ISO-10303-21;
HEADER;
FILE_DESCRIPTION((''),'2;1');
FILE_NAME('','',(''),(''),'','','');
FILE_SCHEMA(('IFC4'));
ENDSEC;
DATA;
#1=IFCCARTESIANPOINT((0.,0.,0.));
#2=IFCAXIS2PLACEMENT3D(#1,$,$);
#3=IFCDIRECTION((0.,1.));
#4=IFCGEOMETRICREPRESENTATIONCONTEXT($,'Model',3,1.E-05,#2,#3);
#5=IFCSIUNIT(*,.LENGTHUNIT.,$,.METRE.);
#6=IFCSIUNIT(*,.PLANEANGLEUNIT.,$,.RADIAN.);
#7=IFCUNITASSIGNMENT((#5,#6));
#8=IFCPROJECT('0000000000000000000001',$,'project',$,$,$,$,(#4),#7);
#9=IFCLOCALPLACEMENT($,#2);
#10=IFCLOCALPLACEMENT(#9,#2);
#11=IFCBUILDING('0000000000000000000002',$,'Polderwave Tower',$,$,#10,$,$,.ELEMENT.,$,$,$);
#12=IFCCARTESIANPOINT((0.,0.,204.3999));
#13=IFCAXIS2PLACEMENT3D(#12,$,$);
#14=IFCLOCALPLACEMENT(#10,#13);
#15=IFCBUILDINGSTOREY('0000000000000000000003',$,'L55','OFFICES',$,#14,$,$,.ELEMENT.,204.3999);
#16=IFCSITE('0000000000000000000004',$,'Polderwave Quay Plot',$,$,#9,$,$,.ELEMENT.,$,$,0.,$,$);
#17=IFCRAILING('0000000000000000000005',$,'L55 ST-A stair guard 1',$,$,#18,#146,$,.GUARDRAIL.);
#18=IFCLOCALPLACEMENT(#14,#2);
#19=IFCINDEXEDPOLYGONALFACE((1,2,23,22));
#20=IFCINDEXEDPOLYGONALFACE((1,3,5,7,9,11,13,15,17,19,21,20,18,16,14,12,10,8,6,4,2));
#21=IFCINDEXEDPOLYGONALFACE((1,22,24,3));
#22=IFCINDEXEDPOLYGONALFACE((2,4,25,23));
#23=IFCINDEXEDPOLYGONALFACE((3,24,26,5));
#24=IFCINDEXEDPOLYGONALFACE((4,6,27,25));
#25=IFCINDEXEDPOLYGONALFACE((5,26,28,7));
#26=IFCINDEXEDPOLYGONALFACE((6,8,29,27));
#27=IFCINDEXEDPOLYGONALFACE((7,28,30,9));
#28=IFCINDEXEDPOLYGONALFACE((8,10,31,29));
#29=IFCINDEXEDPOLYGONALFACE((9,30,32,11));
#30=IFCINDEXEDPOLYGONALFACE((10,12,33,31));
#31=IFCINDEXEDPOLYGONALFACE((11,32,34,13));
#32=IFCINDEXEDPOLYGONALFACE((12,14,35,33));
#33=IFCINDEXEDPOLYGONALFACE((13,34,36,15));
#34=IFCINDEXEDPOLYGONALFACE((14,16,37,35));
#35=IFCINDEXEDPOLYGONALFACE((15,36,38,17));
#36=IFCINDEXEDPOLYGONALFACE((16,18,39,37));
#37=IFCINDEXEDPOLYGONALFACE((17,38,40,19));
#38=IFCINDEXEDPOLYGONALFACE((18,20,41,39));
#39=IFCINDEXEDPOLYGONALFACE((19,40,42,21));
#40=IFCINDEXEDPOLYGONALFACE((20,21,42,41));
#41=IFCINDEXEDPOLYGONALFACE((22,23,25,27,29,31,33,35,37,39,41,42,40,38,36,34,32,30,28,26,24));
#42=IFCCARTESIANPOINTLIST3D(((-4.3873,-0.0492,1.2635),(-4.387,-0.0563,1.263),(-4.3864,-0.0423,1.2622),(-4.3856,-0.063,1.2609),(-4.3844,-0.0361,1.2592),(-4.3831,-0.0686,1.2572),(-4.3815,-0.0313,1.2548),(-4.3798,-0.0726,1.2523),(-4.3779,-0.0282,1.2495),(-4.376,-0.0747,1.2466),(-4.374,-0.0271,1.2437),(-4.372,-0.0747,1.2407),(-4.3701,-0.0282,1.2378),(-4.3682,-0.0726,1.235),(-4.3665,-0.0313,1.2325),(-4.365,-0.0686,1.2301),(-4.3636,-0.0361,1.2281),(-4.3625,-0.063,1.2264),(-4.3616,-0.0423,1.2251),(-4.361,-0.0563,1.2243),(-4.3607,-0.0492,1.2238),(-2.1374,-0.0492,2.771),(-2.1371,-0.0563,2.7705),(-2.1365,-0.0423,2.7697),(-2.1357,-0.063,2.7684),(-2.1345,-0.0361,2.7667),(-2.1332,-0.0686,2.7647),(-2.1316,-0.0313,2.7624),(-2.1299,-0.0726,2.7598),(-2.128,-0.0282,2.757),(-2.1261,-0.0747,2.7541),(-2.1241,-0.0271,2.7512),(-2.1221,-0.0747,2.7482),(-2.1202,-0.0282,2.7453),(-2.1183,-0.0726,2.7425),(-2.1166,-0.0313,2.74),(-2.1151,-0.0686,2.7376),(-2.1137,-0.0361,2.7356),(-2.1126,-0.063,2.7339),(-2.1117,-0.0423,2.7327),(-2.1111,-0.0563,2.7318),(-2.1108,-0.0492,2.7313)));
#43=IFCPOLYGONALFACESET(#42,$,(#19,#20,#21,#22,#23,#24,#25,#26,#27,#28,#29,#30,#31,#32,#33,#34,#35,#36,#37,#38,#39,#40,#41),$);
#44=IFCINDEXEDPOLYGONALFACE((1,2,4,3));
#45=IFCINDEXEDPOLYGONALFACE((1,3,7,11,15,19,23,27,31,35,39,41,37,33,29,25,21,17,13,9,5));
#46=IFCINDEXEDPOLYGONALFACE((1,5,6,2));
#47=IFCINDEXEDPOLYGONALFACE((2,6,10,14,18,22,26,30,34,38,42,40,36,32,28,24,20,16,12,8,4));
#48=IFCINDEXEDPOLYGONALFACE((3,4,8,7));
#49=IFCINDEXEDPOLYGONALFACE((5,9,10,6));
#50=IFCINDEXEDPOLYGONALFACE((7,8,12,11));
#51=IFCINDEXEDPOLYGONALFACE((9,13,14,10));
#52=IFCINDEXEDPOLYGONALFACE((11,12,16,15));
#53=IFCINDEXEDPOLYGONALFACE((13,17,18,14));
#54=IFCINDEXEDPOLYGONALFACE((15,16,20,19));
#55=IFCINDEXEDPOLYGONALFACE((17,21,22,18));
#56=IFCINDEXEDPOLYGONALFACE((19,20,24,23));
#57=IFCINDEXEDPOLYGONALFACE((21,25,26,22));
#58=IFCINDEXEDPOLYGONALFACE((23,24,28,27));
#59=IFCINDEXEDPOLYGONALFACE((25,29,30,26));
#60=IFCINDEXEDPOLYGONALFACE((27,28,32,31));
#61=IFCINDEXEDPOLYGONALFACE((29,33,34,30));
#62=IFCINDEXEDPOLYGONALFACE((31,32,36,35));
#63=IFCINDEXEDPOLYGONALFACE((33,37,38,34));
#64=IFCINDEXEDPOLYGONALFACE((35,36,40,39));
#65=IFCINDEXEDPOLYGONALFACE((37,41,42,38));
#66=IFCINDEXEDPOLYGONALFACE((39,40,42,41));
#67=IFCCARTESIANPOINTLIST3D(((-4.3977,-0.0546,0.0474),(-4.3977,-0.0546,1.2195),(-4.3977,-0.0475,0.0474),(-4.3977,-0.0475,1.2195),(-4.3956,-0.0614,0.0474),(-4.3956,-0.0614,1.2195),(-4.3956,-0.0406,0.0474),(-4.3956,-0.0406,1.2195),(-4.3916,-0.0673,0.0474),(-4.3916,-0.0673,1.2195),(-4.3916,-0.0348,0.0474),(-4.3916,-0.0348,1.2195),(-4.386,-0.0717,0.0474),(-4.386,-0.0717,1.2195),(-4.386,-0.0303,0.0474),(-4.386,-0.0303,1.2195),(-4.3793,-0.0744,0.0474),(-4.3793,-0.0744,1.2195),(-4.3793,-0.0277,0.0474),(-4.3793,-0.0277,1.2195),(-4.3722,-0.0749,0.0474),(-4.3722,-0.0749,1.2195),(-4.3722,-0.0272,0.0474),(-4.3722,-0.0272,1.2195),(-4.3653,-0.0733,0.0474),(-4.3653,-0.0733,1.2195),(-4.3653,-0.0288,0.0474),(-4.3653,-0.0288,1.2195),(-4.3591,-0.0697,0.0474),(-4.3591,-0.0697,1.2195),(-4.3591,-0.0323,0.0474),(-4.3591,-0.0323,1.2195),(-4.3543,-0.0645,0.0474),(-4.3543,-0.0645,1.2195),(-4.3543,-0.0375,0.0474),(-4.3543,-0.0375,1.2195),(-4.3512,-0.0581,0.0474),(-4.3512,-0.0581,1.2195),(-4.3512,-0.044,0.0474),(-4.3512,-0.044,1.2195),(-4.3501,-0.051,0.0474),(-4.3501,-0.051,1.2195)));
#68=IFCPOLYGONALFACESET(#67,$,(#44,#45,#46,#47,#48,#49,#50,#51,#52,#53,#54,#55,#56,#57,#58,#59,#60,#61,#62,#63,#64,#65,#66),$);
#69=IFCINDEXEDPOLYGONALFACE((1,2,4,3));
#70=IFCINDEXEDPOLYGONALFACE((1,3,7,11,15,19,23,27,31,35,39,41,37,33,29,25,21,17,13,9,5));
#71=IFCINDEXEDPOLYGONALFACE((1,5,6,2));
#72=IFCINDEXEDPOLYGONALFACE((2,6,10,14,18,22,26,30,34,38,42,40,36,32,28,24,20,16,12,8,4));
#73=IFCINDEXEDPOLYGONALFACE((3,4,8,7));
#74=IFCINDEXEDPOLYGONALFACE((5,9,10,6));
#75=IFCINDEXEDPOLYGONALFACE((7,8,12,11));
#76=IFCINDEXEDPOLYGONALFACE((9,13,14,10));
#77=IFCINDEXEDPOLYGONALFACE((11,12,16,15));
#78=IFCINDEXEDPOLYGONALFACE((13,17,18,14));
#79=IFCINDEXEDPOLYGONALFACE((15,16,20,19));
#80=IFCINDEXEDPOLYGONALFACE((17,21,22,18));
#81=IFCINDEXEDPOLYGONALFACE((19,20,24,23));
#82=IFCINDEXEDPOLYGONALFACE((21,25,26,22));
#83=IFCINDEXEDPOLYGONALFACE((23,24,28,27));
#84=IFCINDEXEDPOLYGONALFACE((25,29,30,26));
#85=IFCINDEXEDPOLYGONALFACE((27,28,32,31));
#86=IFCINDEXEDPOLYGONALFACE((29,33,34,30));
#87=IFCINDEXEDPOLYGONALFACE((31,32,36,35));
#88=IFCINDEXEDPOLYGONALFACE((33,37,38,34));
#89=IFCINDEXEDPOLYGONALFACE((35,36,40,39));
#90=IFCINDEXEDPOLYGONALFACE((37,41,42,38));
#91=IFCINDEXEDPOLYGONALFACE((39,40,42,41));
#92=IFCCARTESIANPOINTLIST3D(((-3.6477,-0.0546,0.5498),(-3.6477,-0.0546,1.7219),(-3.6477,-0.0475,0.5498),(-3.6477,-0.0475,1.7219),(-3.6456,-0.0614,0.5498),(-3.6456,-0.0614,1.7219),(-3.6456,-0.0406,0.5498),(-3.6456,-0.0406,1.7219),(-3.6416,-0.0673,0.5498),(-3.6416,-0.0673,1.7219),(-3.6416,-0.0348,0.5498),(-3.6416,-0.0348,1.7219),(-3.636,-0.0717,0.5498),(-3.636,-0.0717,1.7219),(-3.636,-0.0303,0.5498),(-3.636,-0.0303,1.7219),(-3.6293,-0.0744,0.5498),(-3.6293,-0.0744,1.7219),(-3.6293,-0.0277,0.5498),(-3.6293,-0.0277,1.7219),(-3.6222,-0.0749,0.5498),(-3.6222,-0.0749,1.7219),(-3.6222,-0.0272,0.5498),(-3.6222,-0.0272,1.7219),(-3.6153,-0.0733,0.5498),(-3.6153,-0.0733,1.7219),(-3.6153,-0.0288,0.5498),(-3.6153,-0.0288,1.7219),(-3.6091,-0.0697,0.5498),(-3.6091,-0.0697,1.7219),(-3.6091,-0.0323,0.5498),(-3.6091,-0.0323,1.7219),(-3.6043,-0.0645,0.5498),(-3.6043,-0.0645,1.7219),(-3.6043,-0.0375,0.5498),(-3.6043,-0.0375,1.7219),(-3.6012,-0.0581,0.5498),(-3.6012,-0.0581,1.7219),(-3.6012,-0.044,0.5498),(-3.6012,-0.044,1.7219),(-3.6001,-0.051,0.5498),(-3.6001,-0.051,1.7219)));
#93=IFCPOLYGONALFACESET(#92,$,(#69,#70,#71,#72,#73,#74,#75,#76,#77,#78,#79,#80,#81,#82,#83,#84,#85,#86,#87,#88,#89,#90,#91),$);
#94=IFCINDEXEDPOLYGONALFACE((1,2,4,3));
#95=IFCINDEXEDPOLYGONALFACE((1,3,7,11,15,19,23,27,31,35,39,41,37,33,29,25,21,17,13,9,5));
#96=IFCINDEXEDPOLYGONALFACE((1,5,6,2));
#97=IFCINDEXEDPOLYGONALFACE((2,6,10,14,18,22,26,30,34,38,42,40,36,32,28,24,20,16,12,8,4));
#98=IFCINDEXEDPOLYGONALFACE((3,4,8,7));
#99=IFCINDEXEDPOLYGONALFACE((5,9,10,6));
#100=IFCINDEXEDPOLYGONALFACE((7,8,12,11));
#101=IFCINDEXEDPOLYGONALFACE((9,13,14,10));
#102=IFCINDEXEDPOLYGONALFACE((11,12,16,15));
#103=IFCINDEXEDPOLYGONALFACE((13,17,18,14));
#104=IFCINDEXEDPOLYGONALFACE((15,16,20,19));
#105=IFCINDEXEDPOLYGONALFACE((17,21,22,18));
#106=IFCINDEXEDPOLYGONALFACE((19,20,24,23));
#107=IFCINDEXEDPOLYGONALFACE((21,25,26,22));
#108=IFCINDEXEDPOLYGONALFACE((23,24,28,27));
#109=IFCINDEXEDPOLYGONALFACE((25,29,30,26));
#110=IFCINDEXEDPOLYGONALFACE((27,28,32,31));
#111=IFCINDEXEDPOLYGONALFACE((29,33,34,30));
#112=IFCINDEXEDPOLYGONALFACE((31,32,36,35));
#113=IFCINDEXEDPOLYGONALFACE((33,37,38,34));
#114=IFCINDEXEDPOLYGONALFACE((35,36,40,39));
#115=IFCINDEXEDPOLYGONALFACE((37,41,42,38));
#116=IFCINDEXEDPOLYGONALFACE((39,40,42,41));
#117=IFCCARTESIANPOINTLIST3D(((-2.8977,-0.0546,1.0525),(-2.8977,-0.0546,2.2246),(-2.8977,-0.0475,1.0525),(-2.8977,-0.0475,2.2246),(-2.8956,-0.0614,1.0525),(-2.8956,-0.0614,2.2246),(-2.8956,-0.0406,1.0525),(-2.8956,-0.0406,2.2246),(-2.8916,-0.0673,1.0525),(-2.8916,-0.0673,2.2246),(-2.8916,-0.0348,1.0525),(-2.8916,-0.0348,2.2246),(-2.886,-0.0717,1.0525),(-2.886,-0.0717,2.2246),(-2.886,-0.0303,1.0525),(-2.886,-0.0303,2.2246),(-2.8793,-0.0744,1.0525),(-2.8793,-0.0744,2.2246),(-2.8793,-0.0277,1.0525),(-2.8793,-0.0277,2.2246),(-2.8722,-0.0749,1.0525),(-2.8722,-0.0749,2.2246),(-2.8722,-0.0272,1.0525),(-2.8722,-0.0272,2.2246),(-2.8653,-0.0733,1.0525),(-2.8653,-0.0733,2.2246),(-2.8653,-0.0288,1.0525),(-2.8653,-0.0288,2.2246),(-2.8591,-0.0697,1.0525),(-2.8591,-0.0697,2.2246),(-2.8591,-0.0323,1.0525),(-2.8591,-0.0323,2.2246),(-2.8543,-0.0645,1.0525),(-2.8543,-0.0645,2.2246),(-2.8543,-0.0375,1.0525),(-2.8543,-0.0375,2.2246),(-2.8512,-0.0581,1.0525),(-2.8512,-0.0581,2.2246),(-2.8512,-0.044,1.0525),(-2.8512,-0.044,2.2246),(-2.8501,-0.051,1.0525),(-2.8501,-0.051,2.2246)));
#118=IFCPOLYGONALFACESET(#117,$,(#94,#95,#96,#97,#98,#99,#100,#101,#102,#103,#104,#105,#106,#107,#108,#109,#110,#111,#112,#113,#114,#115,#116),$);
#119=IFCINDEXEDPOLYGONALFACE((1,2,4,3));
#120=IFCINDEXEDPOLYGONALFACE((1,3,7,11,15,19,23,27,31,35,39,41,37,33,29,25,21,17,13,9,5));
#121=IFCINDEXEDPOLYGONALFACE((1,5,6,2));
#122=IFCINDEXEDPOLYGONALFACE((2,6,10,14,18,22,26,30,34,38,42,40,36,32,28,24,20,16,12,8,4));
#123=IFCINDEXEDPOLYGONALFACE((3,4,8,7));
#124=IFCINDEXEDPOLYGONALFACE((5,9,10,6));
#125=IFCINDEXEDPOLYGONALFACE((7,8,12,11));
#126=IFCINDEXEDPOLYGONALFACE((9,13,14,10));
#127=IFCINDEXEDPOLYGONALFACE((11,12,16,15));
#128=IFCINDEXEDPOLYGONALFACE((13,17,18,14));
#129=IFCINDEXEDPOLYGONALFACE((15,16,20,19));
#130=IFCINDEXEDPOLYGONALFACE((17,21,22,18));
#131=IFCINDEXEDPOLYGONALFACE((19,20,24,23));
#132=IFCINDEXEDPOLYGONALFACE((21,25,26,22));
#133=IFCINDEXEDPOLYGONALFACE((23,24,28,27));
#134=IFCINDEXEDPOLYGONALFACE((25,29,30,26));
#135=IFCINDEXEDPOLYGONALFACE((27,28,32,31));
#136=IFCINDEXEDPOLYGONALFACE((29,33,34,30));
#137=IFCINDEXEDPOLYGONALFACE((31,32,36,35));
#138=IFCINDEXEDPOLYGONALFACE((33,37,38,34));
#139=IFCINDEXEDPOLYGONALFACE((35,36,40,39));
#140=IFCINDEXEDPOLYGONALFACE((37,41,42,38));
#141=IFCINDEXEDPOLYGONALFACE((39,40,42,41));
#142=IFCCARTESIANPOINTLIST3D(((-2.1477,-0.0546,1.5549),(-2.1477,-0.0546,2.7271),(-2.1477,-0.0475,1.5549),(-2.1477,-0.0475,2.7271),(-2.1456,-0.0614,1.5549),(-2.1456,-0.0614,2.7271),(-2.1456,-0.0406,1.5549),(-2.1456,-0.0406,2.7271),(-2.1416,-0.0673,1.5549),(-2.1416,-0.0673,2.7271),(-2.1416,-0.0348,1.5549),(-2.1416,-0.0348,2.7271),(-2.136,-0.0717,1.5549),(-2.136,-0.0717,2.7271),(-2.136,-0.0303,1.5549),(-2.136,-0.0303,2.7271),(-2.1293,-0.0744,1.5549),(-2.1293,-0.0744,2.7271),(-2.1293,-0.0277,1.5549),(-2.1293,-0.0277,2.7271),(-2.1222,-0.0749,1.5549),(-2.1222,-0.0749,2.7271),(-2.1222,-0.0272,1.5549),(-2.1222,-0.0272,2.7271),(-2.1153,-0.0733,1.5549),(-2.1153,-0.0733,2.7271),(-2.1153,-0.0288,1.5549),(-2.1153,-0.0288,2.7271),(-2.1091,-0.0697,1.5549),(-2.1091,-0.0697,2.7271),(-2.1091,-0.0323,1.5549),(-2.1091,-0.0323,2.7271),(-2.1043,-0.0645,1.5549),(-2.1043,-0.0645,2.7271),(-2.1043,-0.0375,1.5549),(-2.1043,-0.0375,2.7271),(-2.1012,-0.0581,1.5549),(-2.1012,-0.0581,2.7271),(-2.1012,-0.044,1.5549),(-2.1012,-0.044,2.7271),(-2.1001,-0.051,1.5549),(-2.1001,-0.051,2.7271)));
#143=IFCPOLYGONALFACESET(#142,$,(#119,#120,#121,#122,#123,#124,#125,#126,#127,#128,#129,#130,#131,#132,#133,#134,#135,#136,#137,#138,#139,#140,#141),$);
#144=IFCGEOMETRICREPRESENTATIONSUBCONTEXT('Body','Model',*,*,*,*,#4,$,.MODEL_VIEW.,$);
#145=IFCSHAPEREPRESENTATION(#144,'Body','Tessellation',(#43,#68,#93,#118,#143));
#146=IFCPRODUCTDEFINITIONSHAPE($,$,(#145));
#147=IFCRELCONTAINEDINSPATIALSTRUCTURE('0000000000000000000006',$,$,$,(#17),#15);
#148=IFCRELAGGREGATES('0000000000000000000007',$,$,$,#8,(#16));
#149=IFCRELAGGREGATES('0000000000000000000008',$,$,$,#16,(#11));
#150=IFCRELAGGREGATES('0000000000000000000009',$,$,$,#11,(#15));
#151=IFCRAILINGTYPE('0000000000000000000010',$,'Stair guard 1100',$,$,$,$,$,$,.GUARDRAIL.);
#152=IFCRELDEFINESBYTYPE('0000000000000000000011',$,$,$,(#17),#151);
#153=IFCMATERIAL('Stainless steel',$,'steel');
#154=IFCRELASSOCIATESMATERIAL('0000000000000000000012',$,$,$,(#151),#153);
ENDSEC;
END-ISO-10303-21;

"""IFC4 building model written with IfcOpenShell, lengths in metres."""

from ifc_helpers import new_model, si_unit, direction, frame, origin, origin_2d, place, context, subcontext, project, spatial, circle, extrude, material, type_object, element, save


model = new_model("IFC4")

# Units and contexts
model_context = context("Model", 3, precision=1e-05, world=origin(), true_north=direction((0.0, 1.0)))
body_context = subcontext(model_context, "Body", "Model", "MODEL_VIEW")
ifc_project = project(units=[si_unit("LENGTHUNIT", "METRE"), si_unit("PLANEANGLEUNIT", "RADIAN")], contexts=[model_context])

# Site, building, storey
site_placement = place(None, origin())
site = spatial("IfcSite", under=ifc_project, at=site_placement, Name="Polderwave Quay Plot", CompositionType="ELEMENT", RefElevation=0.0)
building_placement = place(site_placement, origin())
building = spatial("IfcBuilding", under=site, at=building_placement, Name="Polderwave Tower", CompositionType="ELEMENT")
storey_placement = place(building_placement, frame((0.0, 0.0, 204.3999)))
storey = spatial("IfcBuildingStorey", under=building, at=storey_placement, Name="L55", Description="OFFICES", CompositionType="ELEMENT", Elevation=204.3999)

# Shared definitions
ifc_material_1 = material(Name="Stainless steel", Category="steel")

# Railing
railing_type_1 = type_object("IfcRailingType", Name="Stair guard 1100", PredefinedType="GUARDRAIL", material=ifc_material_1)
railing_1_placement = place(storey_placement, frame((-4.374, -0.051, 0.0474)))
element("IfcRailing", 1, at=railing_1_placement, inside=storey, type_object=railing_type_1, Name="L55 ST-A stair guard 1", PredefinedType="GUARDRAIL", context=body_context, shape_type="SweptSolid", body=[
    extrude(circle(Radius=0.0239, at=origin_2d()), frame((0.0, 0.0, 1.1963), z_axis=(0.830758, 0.0, 0.556633), x_axis=(0.0, 1.0, 0.0)), (0.0, 0.0, 1.0), 2.7083),
    extrude(circle(Radius=0.0239, at=origin_2d()), origin(), (0.0, 0.0, 1.0), 1.1721),
    extrude(circle(Radius=0.0239, at=origin_2d()), frame((0.75, 0.0, 0.5024)), (0.0, 0.0, 1.0), 1.1721),
    extrude(circle(Radius=0.0239, at=origin_2d()), frame((1.5, 0.0, 1.0051)), (0.0, 0.0, 1.0), 1.1721),
    extrude(circle(Radius=0.0239, at=origin_2d()), frame((2.25, 0.0, 1.5076)), (0.0, 0.0, 1.0), 1.1721),
])

save(model, "model.ifc")
